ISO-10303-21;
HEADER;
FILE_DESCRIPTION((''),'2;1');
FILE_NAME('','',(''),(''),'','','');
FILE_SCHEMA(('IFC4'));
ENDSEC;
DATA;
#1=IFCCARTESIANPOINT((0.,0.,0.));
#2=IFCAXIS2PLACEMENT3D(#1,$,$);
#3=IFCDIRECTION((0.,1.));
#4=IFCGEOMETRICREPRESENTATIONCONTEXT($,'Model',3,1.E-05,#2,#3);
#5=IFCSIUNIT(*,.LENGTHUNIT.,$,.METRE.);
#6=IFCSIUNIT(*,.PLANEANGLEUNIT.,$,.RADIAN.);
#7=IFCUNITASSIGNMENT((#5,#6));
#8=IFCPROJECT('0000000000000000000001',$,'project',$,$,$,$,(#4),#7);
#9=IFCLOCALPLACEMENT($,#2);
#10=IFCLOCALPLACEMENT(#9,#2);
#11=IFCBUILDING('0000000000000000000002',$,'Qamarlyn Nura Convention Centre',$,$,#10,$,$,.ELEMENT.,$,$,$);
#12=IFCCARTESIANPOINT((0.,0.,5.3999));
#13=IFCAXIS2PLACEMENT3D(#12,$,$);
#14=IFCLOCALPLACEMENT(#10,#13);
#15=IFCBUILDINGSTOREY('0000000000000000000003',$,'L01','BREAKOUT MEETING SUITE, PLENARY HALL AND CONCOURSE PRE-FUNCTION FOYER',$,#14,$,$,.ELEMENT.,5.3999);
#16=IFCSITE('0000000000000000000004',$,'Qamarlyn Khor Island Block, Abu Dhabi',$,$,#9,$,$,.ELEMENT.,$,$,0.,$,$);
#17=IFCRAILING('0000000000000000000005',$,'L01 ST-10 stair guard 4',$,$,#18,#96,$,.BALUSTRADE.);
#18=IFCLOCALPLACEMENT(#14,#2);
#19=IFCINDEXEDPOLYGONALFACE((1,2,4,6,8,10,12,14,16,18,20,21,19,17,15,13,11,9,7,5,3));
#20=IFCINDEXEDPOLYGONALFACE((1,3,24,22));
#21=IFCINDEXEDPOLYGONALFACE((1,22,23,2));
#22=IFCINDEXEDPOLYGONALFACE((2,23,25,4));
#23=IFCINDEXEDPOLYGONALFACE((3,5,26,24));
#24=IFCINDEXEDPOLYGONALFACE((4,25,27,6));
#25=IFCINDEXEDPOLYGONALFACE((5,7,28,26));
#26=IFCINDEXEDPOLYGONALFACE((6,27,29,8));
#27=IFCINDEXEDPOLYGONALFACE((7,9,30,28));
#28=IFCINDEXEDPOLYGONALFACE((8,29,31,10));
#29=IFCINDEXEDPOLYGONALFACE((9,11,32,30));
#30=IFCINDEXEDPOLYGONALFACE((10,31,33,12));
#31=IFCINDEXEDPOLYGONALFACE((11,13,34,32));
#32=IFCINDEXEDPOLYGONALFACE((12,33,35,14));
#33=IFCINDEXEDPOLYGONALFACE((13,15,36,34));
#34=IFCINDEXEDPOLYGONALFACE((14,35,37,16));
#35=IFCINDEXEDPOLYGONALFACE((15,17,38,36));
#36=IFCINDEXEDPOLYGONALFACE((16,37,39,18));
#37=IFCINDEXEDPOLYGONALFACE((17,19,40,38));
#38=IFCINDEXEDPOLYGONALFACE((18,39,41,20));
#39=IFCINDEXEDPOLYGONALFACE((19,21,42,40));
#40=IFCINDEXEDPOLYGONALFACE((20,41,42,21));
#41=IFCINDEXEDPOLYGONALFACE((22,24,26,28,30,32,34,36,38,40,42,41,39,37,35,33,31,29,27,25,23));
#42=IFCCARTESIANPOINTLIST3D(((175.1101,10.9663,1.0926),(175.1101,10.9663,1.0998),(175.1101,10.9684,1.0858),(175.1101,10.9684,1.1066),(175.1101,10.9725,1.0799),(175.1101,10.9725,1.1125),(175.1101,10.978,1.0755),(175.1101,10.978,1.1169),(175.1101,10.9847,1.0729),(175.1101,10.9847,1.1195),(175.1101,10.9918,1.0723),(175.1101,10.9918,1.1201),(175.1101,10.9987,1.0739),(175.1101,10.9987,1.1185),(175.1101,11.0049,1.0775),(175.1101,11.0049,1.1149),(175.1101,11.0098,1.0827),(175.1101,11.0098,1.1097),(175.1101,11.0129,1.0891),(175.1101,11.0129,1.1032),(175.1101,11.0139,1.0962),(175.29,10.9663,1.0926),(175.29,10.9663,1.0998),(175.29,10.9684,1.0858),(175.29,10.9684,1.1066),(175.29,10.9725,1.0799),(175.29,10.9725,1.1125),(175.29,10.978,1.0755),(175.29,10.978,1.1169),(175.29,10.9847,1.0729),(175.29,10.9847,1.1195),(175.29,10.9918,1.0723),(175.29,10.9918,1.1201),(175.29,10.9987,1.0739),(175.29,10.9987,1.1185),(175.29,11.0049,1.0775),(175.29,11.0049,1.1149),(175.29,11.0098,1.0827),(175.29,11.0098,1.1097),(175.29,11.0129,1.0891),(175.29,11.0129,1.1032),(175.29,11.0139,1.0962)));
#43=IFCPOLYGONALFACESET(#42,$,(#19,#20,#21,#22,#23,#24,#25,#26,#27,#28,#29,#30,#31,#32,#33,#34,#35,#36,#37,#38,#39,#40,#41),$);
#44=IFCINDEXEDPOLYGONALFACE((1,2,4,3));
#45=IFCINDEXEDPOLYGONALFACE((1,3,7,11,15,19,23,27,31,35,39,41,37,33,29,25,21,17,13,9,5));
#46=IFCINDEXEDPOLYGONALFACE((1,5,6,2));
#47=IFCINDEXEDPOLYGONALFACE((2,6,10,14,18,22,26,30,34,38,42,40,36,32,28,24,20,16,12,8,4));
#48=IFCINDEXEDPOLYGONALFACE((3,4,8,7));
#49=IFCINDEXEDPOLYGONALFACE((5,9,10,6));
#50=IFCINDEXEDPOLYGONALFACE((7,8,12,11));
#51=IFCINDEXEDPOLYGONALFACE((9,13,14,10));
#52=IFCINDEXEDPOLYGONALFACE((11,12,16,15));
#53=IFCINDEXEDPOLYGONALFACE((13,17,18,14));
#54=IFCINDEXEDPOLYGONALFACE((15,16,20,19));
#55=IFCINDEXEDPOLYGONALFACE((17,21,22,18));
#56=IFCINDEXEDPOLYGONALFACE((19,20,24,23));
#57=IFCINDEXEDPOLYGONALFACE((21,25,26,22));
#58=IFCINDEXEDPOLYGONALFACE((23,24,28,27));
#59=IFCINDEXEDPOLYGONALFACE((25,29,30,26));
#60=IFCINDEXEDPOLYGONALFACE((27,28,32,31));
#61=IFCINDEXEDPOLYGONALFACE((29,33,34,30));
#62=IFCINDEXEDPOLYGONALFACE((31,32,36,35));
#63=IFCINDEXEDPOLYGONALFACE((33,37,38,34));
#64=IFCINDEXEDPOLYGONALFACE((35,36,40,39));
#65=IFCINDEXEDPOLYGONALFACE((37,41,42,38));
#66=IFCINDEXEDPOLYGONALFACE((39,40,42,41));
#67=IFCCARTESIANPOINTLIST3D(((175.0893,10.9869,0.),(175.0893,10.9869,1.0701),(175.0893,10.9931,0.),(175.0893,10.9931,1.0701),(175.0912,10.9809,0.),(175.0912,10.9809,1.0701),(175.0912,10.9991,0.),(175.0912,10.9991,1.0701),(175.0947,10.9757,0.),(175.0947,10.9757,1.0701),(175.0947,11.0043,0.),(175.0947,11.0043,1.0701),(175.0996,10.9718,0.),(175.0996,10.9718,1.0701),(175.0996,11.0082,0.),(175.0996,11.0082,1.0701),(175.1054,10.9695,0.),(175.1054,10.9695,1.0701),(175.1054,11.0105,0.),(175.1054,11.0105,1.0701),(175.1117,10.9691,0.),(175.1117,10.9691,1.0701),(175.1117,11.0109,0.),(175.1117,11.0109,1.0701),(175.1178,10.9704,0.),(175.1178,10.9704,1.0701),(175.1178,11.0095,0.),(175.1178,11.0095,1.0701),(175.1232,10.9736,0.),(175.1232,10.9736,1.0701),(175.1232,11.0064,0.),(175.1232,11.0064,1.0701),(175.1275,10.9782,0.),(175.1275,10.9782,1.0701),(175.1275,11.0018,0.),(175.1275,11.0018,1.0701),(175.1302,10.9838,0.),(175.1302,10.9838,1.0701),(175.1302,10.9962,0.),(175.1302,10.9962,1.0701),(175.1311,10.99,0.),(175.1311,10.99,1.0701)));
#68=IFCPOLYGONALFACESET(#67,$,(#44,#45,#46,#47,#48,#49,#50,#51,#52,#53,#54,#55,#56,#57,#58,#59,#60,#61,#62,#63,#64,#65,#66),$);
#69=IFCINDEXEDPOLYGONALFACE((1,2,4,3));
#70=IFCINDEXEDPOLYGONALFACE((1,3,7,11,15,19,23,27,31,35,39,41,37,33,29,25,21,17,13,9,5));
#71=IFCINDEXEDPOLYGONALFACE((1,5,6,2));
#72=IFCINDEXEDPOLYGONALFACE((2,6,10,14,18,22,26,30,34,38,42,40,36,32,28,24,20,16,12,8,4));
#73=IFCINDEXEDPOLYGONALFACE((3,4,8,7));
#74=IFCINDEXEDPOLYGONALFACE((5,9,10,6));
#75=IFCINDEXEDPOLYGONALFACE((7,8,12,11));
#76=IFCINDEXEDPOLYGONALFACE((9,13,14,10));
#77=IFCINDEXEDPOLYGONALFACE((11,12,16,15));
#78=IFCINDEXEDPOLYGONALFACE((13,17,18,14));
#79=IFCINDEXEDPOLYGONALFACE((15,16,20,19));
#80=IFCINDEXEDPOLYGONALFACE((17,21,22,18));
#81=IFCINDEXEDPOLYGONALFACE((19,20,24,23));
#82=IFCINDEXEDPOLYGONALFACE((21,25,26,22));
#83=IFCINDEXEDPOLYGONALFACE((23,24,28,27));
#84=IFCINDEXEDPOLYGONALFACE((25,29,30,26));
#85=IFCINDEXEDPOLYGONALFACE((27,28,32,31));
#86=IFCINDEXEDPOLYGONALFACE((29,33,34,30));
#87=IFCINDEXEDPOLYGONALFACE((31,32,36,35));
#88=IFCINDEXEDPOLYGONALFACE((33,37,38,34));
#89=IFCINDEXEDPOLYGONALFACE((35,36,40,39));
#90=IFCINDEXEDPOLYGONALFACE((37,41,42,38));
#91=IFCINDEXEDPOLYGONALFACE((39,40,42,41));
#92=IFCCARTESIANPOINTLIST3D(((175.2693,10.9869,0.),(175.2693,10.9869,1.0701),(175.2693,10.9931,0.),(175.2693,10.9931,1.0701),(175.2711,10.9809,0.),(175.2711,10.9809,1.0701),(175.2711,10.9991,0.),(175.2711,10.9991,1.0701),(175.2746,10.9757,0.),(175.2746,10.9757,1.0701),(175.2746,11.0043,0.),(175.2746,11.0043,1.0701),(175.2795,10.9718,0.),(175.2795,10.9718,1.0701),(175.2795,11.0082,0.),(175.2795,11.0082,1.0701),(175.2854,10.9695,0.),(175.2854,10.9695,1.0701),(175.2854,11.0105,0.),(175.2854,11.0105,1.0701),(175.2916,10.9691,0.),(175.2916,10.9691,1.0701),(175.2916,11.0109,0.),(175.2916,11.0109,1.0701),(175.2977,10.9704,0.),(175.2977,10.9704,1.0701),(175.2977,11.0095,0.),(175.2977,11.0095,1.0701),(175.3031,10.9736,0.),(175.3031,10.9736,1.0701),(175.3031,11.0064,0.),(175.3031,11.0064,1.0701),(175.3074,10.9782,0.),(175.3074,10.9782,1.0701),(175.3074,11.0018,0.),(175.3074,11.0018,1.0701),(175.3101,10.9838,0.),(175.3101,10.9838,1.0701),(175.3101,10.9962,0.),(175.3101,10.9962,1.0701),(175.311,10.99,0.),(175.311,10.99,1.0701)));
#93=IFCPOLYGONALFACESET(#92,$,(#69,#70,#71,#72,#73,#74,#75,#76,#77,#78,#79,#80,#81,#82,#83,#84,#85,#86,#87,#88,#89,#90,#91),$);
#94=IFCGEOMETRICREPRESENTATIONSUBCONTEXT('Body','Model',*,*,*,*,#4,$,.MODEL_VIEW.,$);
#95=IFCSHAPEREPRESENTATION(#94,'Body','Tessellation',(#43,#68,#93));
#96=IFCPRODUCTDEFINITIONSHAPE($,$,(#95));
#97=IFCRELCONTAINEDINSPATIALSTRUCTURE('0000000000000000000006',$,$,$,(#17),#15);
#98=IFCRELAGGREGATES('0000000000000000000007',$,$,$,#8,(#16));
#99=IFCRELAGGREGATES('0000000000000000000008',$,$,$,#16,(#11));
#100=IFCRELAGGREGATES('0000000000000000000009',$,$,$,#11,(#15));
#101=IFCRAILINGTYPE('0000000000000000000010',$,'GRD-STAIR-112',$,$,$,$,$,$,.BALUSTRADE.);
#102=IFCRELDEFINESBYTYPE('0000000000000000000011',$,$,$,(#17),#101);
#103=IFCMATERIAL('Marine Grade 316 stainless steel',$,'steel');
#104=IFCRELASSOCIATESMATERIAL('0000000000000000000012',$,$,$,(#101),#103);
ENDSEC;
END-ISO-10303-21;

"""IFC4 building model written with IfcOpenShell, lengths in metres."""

from ifc_helpers import new_model, si_unit, direction, frame, origin, origin_2d, place, context, subcontext, project, spatial, circle, extrude, material, type_object, element, save


model = new_model("IFC4")

# Units and contexts
model_context = context("Model", 3, precision=1e-05, world=origin(), true_north=direction((0.0, 1.0)))
body_context = subcontext(model_context, "Body", "Model", "MODEL_VIEW")
ifc_project = project(units=[si_unit("LENGTHUNIT", "METRE"), si_unit("PLANEANGLEUNIT", "RADIAN")], contexts=[model_context])

# Site, building, storey
site_placement = place(None, origin())
site = spatial("IfcSite", under=ifc_project, at=site_placement, Name="Qamarlyn Khor Island Block, Abu Dhabi", CompositionType="ELEMENT", RefElevation=0.0)
building_placement = place(site_placement, origin())
building = spatial("IfcBuilding", under=site, at=building_placement, Name="Qamarlyn Nura Convention Centre", CompositionType="ELEMENT")
storey_placement = place(building_placement, frame((0.0, 0.0, 5.3999)))
storey = spatial("IfcBuildingStorey", under=building, at=storey_placement, Name="L01", Description="BREAKOUT MEETING SUITE, PLENARY HALL AND CONCOURSE PRE-FUNCTION FOYER", CompositionType="ELEMENT", Elevation=5.3999)

# Railing
ifc_material_1 = material(Name="Marine Grade 316 stainless steel", Category="steel")
railing_type_1 = type_object("IfcRailingType", Name="GRD-STAIR-112", PredefinedType="BALUSTRADE", material=ifc_material_1)
railing_1_placement = place(storey_placement, frame((175.1101, 10.99, 0.0)))
element("IfcRailing", 1, at=railing_1_placement, inside=storey, type_object=railing_type_1, Name="L01 ST-10 stair guard 4", PredefinedType="BALUSTRADE", context=body_context, shape_type="SweptSolid", body=[
    extrude(circle(Radius=0.0239, at=origin_2d()), frame((0.0, 0.0, 1.0962), z_axis=(1.0, 0.0, 0.0), x_axis=(0.0, 1.0, 0.0)), (0.0, 0.0, 1.0), 0.1799),
    extrude(circle(Radius=0.021, at=origin_2d()), origin(), (0.0, 0.0, 1.0), 1.0701),
    extrude(circle(Radius=0.021, at=origin_2d()), frame((0.1799, 0.0, 0.0)), (0.0, 0.0, 1.0), 1.0701),
])

save(model, "model.ifc")
